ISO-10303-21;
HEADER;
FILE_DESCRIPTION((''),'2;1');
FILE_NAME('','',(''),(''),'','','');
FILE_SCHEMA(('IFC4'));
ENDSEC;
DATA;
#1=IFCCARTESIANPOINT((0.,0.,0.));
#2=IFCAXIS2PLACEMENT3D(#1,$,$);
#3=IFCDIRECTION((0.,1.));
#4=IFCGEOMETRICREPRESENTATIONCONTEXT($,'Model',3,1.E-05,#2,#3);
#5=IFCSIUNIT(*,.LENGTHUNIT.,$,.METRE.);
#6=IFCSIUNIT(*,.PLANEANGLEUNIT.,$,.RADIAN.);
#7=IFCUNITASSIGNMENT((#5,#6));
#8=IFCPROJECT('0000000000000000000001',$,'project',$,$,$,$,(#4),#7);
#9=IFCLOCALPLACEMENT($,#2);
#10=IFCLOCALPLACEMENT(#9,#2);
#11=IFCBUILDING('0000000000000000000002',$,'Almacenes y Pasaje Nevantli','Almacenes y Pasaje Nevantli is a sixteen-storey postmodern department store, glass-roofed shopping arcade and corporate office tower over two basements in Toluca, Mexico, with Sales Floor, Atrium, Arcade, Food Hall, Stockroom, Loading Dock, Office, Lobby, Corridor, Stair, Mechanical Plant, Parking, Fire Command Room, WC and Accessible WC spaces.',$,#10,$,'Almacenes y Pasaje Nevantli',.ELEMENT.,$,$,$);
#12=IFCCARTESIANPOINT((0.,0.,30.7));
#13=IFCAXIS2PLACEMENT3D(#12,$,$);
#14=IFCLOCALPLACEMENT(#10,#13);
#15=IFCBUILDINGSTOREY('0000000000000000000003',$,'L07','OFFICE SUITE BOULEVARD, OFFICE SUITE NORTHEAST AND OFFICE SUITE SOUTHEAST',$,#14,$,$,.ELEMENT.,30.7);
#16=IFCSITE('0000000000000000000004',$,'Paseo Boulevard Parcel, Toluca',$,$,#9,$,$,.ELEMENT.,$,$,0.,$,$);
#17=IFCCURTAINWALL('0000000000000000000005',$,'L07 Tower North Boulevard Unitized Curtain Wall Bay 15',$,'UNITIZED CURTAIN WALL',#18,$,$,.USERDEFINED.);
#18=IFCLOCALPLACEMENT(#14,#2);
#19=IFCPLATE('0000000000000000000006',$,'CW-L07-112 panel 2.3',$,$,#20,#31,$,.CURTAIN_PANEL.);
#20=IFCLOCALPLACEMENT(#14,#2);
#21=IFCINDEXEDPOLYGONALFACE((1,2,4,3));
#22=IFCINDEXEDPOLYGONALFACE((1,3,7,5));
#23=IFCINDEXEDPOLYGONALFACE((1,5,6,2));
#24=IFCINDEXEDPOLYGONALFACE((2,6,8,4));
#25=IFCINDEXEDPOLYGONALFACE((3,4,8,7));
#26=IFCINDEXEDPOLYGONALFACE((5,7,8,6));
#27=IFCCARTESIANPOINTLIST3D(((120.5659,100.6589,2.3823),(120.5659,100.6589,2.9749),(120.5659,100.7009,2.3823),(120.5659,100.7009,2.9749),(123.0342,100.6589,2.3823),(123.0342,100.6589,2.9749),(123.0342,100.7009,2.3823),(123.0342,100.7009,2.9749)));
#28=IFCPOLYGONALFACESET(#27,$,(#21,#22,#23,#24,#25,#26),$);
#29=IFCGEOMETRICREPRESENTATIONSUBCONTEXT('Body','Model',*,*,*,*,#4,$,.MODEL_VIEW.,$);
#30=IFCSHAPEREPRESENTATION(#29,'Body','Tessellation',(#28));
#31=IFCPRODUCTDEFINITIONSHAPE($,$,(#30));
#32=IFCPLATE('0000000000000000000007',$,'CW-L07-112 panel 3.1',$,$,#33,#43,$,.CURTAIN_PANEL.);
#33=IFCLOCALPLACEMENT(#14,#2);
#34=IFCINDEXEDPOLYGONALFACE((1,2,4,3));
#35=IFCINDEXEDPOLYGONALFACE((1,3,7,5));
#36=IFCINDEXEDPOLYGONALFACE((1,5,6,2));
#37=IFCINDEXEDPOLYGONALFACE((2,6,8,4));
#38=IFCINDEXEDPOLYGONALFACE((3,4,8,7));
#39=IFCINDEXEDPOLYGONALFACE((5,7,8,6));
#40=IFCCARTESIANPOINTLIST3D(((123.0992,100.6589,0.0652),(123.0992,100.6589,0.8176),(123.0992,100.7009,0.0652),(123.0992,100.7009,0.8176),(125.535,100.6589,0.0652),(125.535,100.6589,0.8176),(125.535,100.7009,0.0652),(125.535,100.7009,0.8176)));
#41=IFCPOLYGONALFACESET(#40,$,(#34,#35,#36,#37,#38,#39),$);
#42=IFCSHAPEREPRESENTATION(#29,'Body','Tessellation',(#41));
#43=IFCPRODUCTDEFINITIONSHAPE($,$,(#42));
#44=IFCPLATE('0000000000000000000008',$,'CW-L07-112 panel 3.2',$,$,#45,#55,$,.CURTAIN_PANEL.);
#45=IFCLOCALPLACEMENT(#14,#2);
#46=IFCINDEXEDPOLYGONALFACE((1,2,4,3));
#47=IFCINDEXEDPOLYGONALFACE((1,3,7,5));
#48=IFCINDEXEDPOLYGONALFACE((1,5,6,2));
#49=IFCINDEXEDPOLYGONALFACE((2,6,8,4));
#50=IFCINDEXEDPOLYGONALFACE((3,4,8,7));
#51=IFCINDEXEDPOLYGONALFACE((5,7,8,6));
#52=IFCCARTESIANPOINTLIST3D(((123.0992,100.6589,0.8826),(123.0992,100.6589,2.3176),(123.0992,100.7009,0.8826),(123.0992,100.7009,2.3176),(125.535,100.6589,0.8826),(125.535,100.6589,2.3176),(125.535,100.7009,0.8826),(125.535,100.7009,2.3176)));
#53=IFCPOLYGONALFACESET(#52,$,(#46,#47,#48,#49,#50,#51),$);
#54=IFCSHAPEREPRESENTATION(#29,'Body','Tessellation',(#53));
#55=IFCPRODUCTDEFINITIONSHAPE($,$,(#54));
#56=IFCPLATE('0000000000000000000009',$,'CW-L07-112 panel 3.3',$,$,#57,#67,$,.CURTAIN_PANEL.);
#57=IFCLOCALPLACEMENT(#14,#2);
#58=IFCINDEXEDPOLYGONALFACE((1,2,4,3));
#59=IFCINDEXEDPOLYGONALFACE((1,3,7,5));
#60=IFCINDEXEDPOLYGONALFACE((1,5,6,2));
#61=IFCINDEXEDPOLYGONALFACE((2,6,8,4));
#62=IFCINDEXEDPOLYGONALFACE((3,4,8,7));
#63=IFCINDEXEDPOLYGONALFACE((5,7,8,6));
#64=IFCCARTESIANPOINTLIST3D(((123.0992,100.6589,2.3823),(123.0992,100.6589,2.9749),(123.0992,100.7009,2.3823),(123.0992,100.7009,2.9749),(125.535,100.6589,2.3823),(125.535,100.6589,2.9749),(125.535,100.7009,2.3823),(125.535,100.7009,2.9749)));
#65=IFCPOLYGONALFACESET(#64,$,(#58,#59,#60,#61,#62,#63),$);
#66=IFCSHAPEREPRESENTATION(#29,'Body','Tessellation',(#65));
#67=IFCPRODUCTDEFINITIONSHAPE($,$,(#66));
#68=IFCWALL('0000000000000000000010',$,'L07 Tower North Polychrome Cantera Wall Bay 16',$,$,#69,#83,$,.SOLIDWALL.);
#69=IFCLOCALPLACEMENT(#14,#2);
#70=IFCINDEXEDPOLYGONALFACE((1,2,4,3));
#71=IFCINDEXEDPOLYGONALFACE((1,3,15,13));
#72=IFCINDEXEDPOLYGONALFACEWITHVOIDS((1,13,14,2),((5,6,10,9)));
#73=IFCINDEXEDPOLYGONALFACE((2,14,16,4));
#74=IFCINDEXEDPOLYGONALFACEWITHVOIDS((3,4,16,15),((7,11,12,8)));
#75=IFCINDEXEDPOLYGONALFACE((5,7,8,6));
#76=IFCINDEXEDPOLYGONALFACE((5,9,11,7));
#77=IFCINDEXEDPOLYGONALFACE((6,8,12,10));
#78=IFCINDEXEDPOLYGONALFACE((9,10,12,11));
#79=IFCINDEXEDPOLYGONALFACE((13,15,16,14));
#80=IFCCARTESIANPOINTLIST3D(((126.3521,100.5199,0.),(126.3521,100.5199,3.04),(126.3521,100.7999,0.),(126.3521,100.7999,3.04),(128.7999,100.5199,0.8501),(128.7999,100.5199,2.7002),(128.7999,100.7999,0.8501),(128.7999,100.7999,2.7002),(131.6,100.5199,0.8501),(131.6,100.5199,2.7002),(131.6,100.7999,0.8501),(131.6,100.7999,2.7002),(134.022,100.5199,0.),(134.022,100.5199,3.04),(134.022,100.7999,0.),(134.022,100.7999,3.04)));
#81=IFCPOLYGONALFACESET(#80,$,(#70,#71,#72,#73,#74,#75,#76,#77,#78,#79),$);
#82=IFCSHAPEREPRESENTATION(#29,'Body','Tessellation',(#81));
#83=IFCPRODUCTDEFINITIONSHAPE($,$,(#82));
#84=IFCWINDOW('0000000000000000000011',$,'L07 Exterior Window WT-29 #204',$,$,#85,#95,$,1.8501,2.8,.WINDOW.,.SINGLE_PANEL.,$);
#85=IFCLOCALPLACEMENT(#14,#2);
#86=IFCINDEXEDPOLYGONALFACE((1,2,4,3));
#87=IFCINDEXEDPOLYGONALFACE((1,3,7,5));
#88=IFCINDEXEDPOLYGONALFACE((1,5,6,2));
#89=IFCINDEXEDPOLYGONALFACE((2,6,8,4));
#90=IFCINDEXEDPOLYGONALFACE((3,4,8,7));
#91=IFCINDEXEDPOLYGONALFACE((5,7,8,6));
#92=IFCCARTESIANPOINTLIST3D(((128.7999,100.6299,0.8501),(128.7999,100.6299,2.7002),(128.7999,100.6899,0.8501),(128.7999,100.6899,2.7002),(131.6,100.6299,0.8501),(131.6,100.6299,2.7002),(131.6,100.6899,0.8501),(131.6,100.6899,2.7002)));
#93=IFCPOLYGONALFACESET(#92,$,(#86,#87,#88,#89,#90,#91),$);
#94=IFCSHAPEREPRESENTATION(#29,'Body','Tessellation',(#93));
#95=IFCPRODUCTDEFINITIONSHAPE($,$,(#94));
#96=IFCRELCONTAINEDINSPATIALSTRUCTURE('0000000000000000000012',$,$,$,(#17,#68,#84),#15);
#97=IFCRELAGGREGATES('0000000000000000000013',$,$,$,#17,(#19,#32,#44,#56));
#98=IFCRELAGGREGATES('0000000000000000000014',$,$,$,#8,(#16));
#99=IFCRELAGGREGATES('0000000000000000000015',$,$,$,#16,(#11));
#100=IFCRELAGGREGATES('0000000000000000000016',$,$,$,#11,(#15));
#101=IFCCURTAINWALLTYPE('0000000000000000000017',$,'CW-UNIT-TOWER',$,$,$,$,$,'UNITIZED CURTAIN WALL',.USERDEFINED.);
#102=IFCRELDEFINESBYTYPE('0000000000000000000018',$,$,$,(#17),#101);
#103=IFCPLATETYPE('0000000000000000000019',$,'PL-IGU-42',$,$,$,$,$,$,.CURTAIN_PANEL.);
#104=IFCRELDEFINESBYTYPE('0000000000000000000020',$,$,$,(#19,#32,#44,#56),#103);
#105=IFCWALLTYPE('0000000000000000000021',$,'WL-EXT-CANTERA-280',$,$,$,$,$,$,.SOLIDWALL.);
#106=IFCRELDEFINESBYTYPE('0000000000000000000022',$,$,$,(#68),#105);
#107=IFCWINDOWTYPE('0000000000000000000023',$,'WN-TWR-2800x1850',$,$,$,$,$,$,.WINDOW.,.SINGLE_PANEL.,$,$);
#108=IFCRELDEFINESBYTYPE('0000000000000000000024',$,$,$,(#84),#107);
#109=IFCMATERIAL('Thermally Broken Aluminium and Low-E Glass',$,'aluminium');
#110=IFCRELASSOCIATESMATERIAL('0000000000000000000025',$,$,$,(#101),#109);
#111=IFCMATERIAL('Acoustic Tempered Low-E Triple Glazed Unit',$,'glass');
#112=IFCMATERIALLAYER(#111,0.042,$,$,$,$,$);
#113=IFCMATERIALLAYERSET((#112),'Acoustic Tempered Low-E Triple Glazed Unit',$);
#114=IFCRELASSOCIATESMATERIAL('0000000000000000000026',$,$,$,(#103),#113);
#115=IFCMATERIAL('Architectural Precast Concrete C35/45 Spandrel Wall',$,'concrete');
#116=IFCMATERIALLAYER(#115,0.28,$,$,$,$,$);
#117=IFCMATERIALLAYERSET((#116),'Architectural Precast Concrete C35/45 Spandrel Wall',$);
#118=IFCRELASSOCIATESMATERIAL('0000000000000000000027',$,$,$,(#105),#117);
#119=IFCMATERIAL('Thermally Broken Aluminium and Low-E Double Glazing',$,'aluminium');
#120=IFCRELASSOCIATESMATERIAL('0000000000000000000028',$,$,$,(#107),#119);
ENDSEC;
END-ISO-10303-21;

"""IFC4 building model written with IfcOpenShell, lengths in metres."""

from ifc_helpers import new_model, si_unit, direction, frame, frame_2d, origin, origin_2d, place, context, subcontext, project, spatial, rectangle, extrude, material, layer, layer_set, type_object, element, fill, aggregate, save


model = new_model("IFC4")

# Units and contexts
model_context = context("Model", 3, precision=1e-05, world=origin(), true_north=direction((0.0, 1.0)))
body_context = subcontext(model_context, "Body", "Model", "MODEL_VIEW")
ifc_project = project(units=[si_unit("LENGTHUNIT", "METRE"), si_unit("PLANEANGLEUNIT", "RADIAN")], contexts=[model_context])

# Site, building, storey
site_placement = place(None, origin())
site = spatial("IfcSite", under=ifc_project, at=site_placement, Name="Paseo Boulevard Parcel, Toluca", CompositionType="ELEMENT", RefElevation=0.0)
building_placement = place(site_placement, origin())
building = spatial("IfcBuilding", under=site, at=building_placement, Name="Almacenes y Pasaje Nevantli", Description="Almacenes y Pasaje Nevantli is a sixteen-storey postmodern department store, glass-roofed shopping arcade and corporate office tower over two basements in Toluca, Mexico, with Sales Floor, Atrium, Arcade, Food Hall, Stockroom, Loading Dock, Office, Lobby, Corridor, Stair, Mechanical Plant, Parking, Fire Command Room, WC and Accessible WC spaces.", LongName="Almacenes y Pasaje Nevantli", CompositionType="ELEMENT")
storey_placement = place(building_placement, frame((0.0, 0.0, 30.7)))
storey = spatial("IfcBuildingStorey", under=building, at=storey_placement, Name="L07", Description="OFFICE SUITE BOULEVARD, OFFICE SUITE NORTHEAST AND OFFICE SUITE SOUTHEAST", CompositionType="ELEMENT", Elevation=30.7)

# Curtain wall, plates
ifc_material_1 = material(Name="Thermally Broken Aluminium and Low-E Glass", Category="aluminium")
curtain_wall_type = type_object("IfcCurtainWallType", Name="CW-UNIT-TOWER", ElementType="UNITIZED CURTAIN WALL", PredefinedType="USERDEFINED", material=ifc_material_1)
curtain_wall_placement = place(storey_placement, origin())
curtain_wall = element("IfcCurtainWall", 1, at=curtain_wall_placement, inside=storey, type_object=curtain_wall_type, Name="L07 Tower North Boulevard Unitized Curtain Wall Bay 15", ObjectType="UNITIZED CURTAIN WALL", PredefinedType="USERDEFINED")
ifc_material_2 = material(Name="Acoustic Tempered Low-E Triple Glazed Unit", Category="glass")
ifc_layer_1 = layer(ifc_material_2, 0.042)
ifc_layer_set_1 = layer_set([ifc_layer_1], Name="Acoustic Tempered Low-E Triple Glazed Unit")
plate_type = type_object("IfcPlateType", Name="PL-IGU-42", PredefinedType="CURTAIN_PANEL", material=ifc_layer_set_1)
plate_1_placement = place(storey_placement, frame((121.8, 100.6799, 2.3823), z_axis=(0.0, 0.0, 1.0), x_axis=(1.0, 0.0, 0.0)))
plate_1 = element("IfcPlate", 2, at=plate_1_placement, type_object=plate_type, Name="CW-L07-112 panel 2.3", PredefinedType="CURTAIN_PANEL", context=body_context, shape_type="SweptSolid", body=[
    extrude(rectangle(XDim=2.4683, YDim=0.042, at=origin_2d()), origin(), (0.0, 0.0, 1.0), 0.5925),
])
plate_2_placement = place(storey_placement, frame((124.3171, 100.6799, 0.0652), z_axis=(0.0, 0.0, 1.0), x_axis=(1.0, 0.0, 0.0)))
plate_2 = element("IfcPlate", 3, at=plate_2_placement, type_object=plate_type, Name="CW-L07-112 panel 3.1", PredefinedType="CURTAIN_PANEL", context=body_context, shape_type="SweptSolid", body=[
    extrude(rectangle(XDim=2.4358, YDim=0.042, at=origin_2d()), origin(), (0.0, 0.0, 1.0), 0.7524),
])
plate_3_placement = place(storey_placement, frame((124.3171, 100.6799, 0.8826), z_axis=(0.0, 0.0, 1.0), x_axis=(1.0, 0.0, 0.0)))
plate_3 = element("IfcPlate", 4, at=plate_3_placement, type_object=plate_type, Name="CW-L07-112 panel 3.2", PredefinedType="CURTAIN_PANEL", context=body_context, shape_type="SweptSolid", body=[
    extrude(rectangle(XDim=2.4358, YDim=0.042, at=origin_2d()), origin(), (0.0, 0.0, 1.0), 1.4351),
])
plate_4_placement = place(storey_placement, frame((124.3171, 100.6799, 2.3823), z_axis=(0.0, 0.0, 1.0), x_axis=(1.0, 0.0, 0.0)))
plate_4 = element("IfcPlate", 5, at=plate_4_placement, type_object=plate_type, Name="CW-L07-112 panel 3.3", PredefinedType="CURTAIN_PANEL", context=body_context, shape_type="SweptSolid", body=[
    extrude(rectangle(XDim=2.4358, YDim=0.042, at=origin_2d()), origin(), (0.0, 0.0, 1.0), 0.5925),
])
aggregate(curtain_wall, [plate_1, plate_2, plate_3, plate_4])

# Wall, opening, window
ifc_material_3 = material(Name="Architectural Precast Concrete C35/45 Spandrel Wall", Category="concrete")
ifc_layer_2 = layer(ifc_material_3, 0.28)
ifc_layer_set_2 = layer_set([ifc_layer_2], Name="Architectural Precast Concrete C35/45 Spandrel Wall")
wall_type = type_object("IfcWallType", Name="WL-EXT-CANTERA-280", PredefinedType="SOLIDWALL", material=ifc_layer_set_2)
wall_placement = place(storey_placement, frame((126.3521, 100.6599, 0.0), z_axis=(0.0, 0.0, 1.0), x_axis=(1.0, 0.0, 0.0)))
wall = element("IfcWall", 6, at=wall_placement, inside=storey, type_object=wall_type, Name="L07 Tower North Polychrome Cantera Wall Bay 16", PredefinedType="SOLIDWALL", context=body_context, shape_type="SweptSolid", body=[
    extrude(rectangle(XDim=7.6699, YDim=0.28, at=frame_2d((3.835, 0.0))), origin(), (0.0, 0.0, 1.0), 3.04),
])
opening_placement = place(wall_placement, frame((2.448, 0.0, 0.8501)))
opening = element("IfcOpeningElement", 7, at=opening_placement, cuts=wall, PredefinedType="OPENING", context=body_context, shape_type="SweptSolid", body=[
    extrude(rectangle(XDim=2.8, YDim=1.8501, at=frame_2d((1.3999, 0.925))), frame((0.0, 0.1499, 0.0), z_axis=(0.0, -1.0, 0.0), x_axis=(1.0, 0.0, 0.0)), (0.0, 0.0, 1.0), 0.3),
])
ifc_material_4 = material(Name="Thermally Broken Aluminium and Low-E Double Glazing", Category="aluminium")
window_type = type_object("IfcWindowType", Name="WN-TWR-2800x1850", PartitioningType="SINGLE_PANEL", PredefinedType="WINDOW", material=ifc_material_4)
window_placement = place(opening_placement, origin())
window = element("IfcWindow", 8, at=window_placement, inside=storey, type_object=window_type, Name="L07 Exterior Window WT-29 #204", OverallHeight=1.8501, OverallWidth=2.8, PartitioningType="SINGLE_PANEL", PredefinedType="WINDOW", context=body_context, shape_type="SweptSolid", body=[
    extrude(rectangle(XDim=2.8, YDim=1.8501, at=frame_2d((1.3999, 0.925))), frame((0.0, 0.03, 0.0), z_axis=(0.0, -1.0, 0.0), x_axis=(1.0, 0.0, 0.0)), (0.0, 0.0, 1.0), 0.0601),
])
fill(opening, window)

save(model, "model.ifc")
